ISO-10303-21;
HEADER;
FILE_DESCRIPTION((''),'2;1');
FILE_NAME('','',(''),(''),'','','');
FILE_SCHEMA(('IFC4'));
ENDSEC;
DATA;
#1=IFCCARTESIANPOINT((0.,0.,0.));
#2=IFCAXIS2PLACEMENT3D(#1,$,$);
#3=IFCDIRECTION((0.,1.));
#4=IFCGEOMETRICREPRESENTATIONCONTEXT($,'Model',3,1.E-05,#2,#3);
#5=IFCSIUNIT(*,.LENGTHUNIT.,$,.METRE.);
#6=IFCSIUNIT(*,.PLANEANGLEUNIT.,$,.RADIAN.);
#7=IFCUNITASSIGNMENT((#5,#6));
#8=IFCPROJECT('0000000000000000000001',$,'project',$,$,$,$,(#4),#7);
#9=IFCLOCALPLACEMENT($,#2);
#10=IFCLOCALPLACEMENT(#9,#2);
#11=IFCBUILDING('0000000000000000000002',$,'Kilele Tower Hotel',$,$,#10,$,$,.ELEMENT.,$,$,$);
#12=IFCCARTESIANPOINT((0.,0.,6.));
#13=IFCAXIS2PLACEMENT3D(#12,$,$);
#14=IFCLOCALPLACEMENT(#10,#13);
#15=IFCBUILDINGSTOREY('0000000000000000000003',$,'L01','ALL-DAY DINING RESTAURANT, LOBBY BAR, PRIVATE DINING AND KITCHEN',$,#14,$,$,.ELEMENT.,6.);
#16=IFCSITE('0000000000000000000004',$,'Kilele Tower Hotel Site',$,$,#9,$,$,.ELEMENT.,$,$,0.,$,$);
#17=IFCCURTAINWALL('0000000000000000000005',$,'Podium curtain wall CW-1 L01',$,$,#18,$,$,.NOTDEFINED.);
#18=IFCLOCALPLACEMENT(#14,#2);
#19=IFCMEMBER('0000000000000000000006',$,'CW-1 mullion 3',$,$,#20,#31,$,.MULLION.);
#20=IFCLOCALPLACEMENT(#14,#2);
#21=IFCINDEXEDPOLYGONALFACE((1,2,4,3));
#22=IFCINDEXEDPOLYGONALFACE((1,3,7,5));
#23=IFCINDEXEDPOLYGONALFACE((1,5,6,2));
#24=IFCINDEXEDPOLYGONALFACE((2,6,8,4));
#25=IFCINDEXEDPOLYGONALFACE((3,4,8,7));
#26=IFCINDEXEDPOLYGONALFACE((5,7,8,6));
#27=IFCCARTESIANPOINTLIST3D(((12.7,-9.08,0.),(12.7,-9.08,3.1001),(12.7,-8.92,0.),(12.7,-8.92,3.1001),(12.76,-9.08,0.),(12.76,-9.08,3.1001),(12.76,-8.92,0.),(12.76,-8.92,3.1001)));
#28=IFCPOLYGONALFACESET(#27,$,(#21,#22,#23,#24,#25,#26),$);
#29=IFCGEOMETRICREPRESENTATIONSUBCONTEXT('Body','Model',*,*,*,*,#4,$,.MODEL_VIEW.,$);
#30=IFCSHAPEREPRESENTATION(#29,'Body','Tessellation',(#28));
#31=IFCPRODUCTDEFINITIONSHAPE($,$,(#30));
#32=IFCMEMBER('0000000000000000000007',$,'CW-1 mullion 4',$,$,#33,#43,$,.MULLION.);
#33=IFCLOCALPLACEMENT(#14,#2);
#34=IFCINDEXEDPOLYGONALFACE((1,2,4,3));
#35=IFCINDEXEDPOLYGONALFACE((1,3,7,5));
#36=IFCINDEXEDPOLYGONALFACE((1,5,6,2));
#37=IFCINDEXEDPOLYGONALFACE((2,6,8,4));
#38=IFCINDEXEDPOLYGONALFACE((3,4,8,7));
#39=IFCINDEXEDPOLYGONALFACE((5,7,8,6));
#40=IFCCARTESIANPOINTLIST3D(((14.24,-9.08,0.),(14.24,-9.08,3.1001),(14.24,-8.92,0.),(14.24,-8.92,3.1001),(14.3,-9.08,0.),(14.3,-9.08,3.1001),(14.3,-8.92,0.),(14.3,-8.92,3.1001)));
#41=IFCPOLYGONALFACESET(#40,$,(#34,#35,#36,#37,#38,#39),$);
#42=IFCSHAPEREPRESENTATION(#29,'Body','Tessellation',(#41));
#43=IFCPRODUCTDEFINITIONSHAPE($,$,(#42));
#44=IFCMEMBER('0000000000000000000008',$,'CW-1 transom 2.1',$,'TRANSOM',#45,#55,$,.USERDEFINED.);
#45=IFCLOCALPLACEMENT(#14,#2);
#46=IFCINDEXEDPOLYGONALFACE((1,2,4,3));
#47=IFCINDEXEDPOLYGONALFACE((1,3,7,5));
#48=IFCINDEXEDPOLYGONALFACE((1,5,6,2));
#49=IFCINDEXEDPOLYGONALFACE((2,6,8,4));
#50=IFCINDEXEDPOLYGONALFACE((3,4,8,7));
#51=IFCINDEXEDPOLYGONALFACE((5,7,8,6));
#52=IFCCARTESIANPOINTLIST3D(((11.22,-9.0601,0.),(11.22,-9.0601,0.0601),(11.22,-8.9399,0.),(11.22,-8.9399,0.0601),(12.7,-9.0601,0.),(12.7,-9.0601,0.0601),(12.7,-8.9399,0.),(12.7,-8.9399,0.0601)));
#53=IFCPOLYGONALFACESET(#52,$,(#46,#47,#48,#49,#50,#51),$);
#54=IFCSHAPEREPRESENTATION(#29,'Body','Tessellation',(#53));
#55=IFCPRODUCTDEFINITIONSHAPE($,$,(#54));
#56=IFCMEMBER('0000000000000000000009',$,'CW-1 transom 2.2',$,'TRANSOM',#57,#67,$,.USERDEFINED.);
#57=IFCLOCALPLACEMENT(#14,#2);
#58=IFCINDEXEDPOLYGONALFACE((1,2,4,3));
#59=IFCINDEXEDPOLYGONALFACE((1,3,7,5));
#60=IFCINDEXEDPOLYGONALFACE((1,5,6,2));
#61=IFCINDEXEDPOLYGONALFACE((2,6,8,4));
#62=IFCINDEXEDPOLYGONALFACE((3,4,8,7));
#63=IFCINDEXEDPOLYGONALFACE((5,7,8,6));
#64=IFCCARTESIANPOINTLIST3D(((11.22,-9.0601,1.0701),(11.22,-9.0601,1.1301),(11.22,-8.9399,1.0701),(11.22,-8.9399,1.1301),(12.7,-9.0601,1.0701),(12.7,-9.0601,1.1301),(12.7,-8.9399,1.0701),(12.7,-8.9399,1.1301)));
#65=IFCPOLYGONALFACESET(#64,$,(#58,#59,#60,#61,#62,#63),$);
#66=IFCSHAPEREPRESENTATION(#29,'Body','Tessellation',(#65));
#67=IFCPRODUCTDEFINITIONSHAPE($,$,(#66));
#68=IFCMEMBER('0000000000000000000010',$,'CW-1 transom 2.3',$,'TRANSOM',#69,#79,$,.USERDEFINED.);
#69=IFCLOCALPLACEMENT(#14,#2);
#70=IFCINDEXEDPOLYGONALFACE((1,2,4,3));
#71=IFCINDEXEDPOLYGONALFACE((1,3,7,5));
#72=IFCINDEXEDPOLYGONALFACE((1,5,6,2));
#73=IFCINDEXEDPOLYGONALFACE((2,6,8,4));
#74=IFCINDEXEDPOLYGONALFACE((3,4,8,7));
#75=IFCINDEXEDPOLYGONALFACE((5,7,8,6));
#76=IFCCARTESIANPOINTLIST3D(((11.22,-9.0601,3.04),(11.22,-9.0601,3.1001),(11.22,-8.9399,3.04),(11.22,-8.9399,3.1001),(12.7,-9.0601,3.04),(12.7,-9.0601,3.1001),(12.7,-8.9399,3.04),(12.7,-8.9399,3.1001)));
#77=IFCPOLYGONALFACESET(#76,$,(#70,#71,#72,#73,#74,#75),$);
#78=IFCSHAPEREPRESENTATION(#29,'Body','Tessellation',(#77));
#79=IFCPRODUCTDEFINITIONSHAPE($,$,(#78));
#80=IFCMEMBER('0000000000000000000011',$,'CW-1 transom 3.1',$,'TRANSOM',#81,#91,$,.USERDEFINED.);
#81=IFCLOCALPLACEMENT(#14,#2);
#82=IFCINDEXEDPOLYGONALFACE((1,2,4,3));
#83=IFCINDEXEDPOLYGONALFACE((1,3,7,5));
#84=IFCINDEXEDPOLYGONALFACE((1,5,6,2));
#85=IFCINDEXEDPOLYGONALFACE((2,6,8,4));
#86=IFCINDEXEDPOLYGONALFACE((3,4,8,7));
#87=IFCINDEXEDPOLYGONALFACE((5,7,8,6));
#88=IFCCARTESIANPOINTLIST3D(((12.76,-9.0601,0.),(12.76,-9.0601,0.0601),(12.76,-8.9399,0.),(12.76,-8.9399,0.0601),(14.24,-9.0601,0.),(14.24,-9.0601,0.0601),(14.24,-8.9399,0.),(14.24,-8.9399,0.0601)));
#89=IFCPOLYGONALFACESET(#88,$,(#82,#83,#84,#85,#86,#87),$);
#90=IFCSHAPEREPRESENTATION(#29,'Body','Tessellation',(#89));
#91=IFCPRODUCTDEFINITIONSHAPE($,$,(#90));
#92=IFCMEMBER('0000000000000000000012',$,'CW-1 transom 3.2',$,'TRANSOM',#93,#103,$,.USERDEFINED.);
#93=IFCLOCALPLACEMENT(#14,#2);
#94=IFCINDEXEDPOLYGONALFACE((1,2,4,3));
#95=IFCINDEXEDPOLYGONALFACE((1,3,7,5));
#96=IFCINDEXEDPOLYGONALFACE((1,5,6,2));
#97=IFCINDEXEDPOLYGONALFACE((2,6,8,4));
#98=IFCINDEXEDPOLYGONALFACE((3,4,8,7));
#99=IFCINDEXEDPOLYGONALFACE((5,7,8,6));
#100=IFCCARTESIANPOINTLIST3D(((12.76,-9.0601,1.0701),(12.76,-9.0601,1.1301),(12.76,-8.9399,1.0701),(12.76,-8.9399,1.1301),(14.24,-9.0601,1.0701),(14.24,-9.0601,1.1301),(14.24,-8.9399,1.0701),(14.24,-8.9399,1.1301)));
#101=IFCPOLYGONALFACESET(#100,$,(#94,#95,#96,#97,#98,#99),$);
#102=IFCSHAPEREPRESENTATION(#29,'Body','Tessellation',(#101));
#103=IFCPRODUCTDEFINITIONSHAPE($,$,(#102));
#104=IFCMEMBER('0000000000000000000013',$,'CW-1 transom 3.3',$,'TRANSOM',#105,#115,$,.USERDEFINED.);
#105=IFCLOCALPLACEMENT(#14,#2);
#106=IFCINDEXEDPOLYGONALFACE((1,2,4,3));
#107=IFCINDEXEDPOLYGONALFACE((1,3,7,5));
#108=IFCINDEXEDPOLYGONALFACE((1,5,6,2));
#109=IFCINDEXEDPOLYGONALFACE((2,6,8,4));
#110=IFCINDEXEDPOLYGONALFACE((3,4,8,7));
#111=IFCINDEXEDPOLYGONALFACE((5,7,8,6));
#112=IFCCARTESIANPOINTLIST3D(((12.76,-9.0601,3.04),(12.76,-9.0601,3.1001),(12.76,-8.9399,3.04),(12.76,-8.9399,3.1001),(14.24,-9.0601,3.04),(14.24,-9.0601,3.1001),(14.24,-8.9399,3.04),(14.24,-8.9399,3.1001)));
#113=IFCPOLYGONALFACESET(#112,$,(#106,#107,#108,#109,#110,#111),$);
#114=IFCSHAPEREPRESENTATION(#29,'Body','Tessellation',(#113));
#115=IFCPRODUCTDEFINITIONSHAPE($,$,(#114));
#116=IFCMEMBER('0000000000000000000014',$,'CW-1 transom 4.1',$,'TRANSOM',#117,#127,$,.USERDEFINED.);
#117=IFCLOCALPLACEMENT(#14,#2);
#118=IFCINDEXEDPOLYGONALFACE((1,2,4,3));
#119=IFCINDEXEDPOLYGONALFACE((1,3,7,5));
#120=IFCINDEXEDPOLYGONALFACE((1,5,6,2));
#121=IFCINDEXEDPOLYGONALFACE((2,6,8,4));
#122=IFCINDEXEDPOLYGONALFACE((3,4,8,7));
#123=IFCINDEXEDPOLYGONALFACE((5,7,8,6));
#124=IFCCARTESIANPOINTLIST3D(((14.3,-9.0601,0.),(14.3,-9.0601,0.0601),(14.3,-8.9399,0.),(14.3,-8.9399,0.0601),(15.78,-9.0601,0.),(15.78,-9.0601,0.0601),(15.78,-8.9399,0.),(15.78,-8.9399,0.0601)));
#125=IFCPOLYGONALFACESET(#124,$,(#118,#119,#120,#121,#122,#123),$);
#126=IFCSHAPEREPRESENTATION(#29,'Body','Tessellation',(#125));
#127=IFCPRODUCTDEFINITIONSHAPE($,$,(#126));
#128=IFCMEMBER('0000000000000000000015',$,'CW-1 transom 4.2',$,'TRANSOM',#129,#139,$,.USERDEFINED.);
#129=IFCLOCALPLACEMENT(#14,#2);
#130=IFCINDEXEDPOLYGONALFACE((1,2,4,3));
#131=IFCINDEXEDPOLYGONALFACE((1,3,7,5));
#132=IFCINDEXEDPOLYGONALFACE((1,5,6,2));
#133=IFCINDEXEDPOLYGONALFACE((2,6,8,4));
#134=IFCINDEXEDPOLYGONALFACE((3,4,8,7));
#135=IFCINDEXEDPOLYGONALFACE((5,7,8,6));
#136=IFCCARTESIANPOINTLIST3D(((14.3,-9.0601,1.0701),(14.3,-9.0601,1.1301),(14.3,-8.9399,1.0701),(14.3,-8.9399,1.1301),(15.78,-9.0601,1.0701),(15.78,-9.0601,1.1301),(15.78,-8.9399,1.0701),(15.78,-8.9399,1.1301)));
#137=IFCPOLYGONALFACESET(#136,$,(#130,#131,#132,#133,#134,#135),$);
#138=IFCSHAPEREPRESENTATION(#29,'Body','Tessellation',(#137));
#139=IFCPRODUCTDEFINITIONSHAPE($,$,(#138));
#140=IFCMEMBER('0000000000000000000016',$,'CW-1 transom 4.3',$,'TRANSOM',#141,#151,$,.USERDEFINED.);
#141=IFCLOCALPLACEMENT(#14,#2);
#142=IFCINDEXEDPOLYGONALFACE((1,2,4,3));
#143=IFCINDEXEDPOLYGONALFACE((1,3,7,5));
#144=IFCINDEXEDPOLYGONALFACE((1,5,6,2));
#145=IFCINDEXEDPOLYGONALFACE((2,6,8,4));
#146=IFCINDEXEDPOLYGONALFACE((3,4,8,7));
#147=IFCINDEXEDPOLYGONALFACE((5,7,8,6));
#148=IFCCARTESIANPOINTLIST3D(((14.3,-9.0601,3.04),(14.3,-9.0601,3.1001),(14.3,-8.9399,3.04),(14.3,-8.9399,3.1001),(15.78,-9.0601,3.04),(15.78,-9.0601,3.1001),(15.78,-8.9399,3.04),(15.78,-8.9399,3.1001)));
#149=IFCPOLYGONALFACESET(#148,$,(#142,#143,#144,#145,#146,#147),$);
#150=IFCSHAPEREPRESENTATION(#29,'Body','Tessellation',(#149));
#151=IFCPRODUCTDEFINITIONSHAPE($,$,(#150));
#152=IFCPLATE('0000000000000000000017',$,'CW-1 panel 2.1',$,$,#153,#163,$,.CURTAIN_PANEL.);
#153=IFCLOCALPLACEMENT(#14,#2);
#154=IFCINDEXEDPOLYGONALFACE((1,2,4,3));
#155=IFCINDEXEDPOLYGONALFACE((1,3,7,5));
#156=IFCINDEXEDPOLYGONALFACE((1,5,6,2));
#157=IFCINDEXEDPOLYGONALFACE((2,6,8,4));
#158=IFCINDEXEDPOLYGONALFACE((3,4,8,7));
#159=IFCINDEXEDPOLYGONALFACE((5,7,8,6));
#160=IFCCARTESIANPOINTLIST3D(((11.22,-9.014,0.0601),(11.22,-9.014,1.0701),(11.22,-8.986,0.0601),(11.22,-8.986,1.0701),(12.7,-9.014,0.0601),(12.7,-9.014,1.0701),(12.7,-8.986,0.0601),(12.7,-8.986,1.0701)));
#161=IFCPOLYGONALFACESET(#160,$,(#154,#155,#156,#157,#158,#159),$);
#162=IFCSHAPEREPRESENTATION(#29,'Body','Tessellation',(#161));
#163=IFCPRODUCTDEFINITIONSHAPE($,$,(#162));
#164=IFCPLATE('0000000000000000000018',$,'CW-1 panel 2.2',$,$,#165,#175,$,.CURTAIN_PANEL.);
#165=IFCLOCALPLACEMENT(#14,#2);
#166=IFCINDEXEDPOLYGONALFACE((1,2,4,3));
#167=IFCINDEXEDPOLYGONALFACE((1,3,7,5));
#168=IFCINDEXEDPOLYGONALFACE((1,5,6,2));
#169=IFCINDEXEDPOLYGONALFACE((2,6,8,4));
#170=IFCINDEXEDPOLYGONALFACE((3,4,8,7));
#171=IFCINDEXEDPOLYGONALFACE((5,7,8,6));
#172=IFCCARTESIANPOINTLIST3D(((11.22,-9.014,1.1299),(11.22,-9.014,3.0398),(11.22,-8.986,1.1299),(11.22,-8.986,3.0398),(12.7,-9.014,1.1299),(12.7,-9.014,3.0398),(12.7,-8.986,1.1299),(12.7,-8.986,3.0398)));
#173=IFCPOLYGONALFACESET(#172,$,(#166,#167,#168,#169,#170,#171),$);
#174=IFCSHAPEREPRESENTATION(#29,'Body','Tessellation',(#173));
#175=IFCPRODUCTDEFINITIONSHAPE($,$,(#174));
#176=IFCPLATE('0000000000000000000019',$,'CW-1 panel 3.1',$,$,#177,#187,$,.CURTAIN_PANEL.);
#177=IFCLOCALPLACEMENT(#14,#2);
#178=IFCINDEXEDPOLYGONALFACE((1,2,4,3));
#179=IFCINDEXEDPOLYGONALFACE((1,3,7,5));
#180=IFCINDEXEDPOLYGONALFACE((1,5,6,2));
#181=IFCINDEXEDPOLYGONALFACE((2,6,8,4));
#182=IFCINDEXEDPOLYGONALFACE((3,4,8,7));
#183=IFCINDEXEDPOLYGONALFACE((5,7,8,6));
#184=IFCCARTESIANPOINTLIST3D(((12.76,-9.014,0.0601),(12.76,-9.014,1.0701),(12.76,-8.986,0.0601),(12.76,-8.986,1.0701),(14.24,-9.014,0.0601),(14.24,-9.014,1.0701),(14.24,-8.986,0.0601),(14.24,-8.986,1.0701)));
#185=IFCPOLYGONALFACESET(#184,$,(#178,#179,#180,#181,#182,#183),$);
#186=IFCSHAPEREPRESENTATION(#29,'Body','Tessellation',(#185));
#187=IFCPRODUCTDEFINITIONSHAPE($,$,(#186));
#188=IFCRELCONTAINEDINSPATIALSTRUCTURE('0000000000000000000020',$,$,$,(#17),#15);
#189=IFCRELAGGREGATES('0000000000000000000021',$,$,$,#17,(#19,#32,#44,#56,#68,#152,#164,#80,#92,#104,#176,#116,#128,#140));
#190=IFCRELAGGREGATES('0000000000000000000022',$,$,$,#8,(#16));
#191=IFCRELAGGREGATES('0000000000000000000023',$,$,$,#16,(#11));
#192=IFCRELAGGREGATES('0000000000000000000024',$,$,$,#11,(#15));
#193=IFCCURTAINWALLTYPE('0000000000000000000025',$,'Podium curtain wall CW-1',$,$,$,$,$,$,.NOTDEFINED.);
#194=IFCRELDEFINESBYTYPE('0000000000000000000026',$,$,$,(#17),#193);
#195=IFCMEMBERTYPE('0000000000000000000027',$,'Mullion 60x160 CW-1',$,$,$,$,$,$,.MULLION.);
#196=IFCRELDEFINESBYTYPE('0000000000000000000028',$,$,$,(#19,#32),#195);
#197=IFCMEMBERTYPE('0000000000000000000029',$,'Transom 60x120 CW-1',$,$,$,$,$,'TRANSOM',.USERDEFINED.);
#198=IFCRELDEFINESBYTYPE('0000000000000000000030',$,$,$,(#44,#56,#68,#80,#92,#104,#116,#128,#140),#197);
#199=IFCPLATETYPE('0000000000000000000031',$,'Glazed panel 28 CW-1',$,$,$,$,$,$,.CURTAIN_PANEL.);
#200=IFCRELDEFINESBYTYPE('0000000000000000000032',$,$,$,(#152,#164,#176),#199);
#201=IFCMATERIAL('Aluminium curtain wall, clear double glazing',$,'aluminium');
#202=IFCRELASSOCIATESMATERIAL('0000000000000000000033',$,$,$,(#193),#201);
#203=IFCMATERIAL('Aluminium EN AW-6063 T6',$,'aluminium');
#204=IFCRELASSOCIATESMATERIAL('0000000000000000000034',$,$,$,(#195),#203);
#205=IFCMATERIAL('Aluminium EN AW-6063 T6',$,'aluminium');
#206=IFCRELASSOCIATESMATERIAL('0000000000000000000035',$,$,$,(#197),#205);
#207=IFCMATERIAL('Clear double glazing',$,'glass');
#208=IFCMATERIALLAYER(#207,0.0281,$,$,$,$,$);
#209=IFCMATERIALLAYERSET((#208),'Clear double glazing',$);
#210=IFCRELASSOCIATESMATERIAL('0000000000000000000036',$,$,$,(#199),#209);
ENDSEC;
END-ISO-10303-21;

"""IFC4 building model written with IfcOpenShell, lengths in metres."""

from ifc_helpers import new_model, si_unit, direction, frame, origin, origin_2d, place, context, subcontext, project, spatial, rectangle, extrude, material, layer, layer_set, material_profile, profile_set, type_object, element, aggregate, save


model = new_model("IFC4")

# Units and contexts
model_context = context("Model", 3, precision=1e-05, world=origin(), true_north=direction((0.0, 1.0)))
body_context = subcontext(model_context, "Body", "Model", "MODEL_VIEW")
ifc_project = project(units=[si_unit("LENGTHUNIT", "METRE"), si_unit("PLANEANGLEUNIT", "RADIAN")], contexts=[model_context])

# Site, building, storey
site_placement = place(None, origin())
site = spatial("IfcSite", under=ifc_project, at=site_placement, Name="Kilele Tower Hotel Site", CompositionType="ELEMENT", RefElevation=0.0)
building_placement = place(site_placement, origin())
building = spatial("IfcBuilding", under=site, at=building_placement, Name="Kilele Tower Hotel", CompositionType="ELEMENT")
storey_placement = place(building_placement, frame((0.0, 0.0, 6.0)))
storey = spatial("IfcBuildingStorey", under=building, at=storey_placement, Name="L01", Description="ALL-DAY DINING RESTAURANT, LOBBY BAR, PRIVATE DINING AND KITCHEN", CompositionType="ELEMENT", Elevation=6.0)

# Curtain wall, members, plates
ifc_material_1 = material(Name="Aluminium curtain wall, clear double glazing", Category="aluminium")
curtain_wall_type = type_object("IfcCurtainWallType", Name="Podium curtain wall CW-1", PredefinedType="NOTDEFINED", material=ifc_material_1)
curtain_wall_placement = place(storey_placement, origin())
curtain_wall = element("IfcCurtainWall", 1, at=curtain_wall_placement, inside=storey, type_object=curtain_wall_type, Name="Podium curtain wall CW-1 L01", PredefinedType="NOTDEFINED")
ifc_material_2 = material(Name="Aluminium EN AW-6063 T6", Category="aluminium")
ifc_material_profile_1 = material_profile(ifc_material_2, rectangle(XDim=0.1599, YDim=0.0601, at=origin_2d()))
ifc_profile_set_1 = profile_set([ifc_material_profile_1], Name="Aluminium EN AW-6063 T6")
member_type_1 = type_object("IfcMemberType", Name="Mullion 60x160 CW-1", PredefinedType="MULLION", material=ifc_profile_set_1)
member_1_placement = place(storey_placement, frame((12.73, -9.0, 0.0), z_axis=(0.0, 0.0, 1.0), x_axis=(0.0, 1.0, 0.0)))
member_1 = element("IfcMember", 2, at=member_1_placement, type_object=member_type_1, Name="CW-1 mullion 3", PredefinedType="MULLION", context=body_context, shape_type="SweptSolid", body=[
    extrude(rectangle(XDim=0.1599, YDim=0.0601, at=origin_2d()), origin(), (0.0, 0.0, 1.0), 3.1001),
])
member_2_placement = place(storey_placement, frame((14.27, -9.0, 0.0), z_axis=(0.0, 0.0, 1.0), x_axis=(0.0, 1.0, 0.0)))
member_2 = element("IfcMember", 3, at=member_2_placement, type_object=member_type_1, Name="CW-1 mullion 4", PredefinedType="MULLION", context=body_context, shape_type="SweptSolid", body=[
    extrude(rectangle(XDim=0.1599, YDim=0.0601, at=origin_2d()), origin(), (0.0, 0.0, 1.0), 3.1001),
])
ifc_material_3 = material(Name="Aluminium EN AW-6063 T6", Category="aluminium")
ifc_material_profile_2 = material_profile(ifc_material_3, rectangle(XDim=0.1201, YDim=0.0601, at=origin_2d()))
ifc_profile_set_2 = profile_set([ifc_material_profile_2], Name="Aluminium EN AW-6063 T6")
member_type_2 = type_object("IfcMemberType", Name="Transom 60x120 CW-1", ElementType="TRANSOM", PredefinedType="USERDEFINED", material=ifc_profile_set_2)
member_3_placement = place(storey_placement, frame((11.22, -9.0, 0.03), z_axis=(1.0, 0.0, 0.0), x_axis=(0.0, 1.0, 0.0)))
member_3 = element("IfcMember", 4, at=member_3_placement, type_object=member_type_2, Name="CW-1 transom 2.1", ObjectType="TRANSOM", PredefinedType="USERDEFINED", context=body_context, shape_type="SweptSolid", body=[
    extrude(rectangle(XDim=0.1201, YDim=0.0601, at=origin_2d()), origin(), (0.0, 0.0, 1.0), 1.48),
])
member_4_placement = place(storey_placement, frame((11.22, -9.0, 1.1001), z_axis=(1.0, 0.0, 0.0), x_axis=(0.0, 1.0, 0.0)))
member_4 = element("IfcMember", 5, at=member_4_placement, type_object=member_type_2, Name="CW-1 transom 2.2", ObjectType="TRANSOM", PredefinedType="USERDEFINED", context=body_context, shape_type="SweptSolid", body=[
    extrude(rectangle(XDim=0.1201, YDim=0.0601, at=origin_2d()), origin(), (0.0, 0.0, 1.0), 1.48),
])
member_5_placement = place(storey_placement, frame((11.22, -9.0, 3.0701), z_axis=(1.0, 0.0, 0.0), x_axis=(0.0, 1.0, 0.0)))
member_5 = element("IfcMember", 6, at=member_5_placement, type_object=member_type_2, Name="CW-1 transom 2.3", ObjectType="TRANSOM", PredefinedType="USERDEFINED", context=body_context, shape_type="SweptSolid", body=[
    extrude(rectangle(XDim=0.1201, YDim=0.0601, at=origin_2d()), origin(), (0.0, 0.0, 1.0), 1.48),
])
member_6_placement = place(storey_placement, frame((12.76, -9.0, 0.03), z_axis=(1.0, 0.0, 0.0), x_axis=(0.0, 1.0, 0.0)))
member_6 = element("IfcMember", 7, at=member_6_placement, type_object=member_type_2, Name="CW-1 transom 3.1", ObjectType="TRANSOM", PredefinedType="USERDEFINED", context=body_context, shape_type="SweptSolid", body=[
    extrude(rectangle(XDim=0.1201, YDim=0.0601, at=origin_2d()), origin(), (0.0, 0.0, 1.0), 1.48),
])
member_7_placement = place(storey_placement, frame((12.76, -9.0, 1.1001), z_axis=(1.0, 0.0, 0.0), x_axis=(0.0, 1.0, 0.0)))
member_7 = element("IfcMember", 8, at=member_7_placement, type_object=member_type_2, Name="CW-1 transom 3.2", ObjectType="TRANSOM", PredefinedType="USERDEFINED", context=body_context, shape_type="SweptSolid", body=[
    extrude(rectangle(XDim=0.1201, YDim=0.0601, at=origin_2d()), origin(), (0.0, 0.0, 1.0), 1.48),
])
member_8_placement = place(storey_placement, frame((12.76, -9.0, 3.0701), z_axis=(1.0, 0.0, 0.0), x_axis=(0.0, 1.0, 0.0)))
member_8 = element("IfcMember", 9, at=member_8_placement, type_object=member_type_2, Name="CW-1 transom 3.3", ObjectType="TRANSOM", PredefinedType="USERDEFINED", context=body_context, shape_type="SweptSolid", body=[
    extrude(rectangle(XDim=0.1201, YDim=0.0601, at=origin_2d()), origin(), (0.0, 0.0, 1.0), 1.48),
])
member_9_placement = place(storey_placement, frame((14.3, -9.0, 0.03), z_axis=(1.0, 0.0, 0.0), x_axis=(0.0, 1.0, 0.0)))
member_9 = element("IfcMember", 10, at=member_9_placement, type_object=member_type_2, Name="CW-1 transom 4.1", ObjectType="TRANSOM", PredefinedType="USERDEFINED", context=body_context, shape_type="SweptSolid", body=[
    extrude(rectangle(XDim=0.1201, YDim=0.0601, at=origin_2d()), origin(), (0.0, 0.0, 1.0), 1.48),
])
member_10_placement = place(storey_placement, frame((14.3, -9.0, 1.1001), z_axis=(1.0, 0.0, 0.0), x_axis=(0.0, 1.0, 0.0)))
member_10 = element("IfcMember", 11, at=member_10_placement, type_object=member_type_2, Name="CW-1 transom 4.2", ObjectType="TRANSOM", PredefinedType="USERDEFINED", context=body_context, shape_type="SweptSolid", body=[
    extrude(rectangle(XDim=0.1201, YDim=0.0601, at=origin_2d()), origin(), (0.0, 0.0, 1.0), 1.48),
])
member_11_placement = place(storey_placement, frame((14.3, -9.0, 3.0701), z_axis=(1.0, 0.0, 0.0), x_axis=(0.0, 1.0, 0.0)))
member_11 = element("IfcMember", 12, at=member_11_placement, type_object=member_type_2, Name="CW-1 transom 4.3", ObjectType="TRANSOM", PredefinedType="USERDEFINED", context=body_context, shape_type="SweptSolid", body=[
    extrude(rectangle(XDim=0.1201, YDim=0.0601, at=origin_2d()), origin(), (0.0, 0.0, 1.0), 1.48),
])
ifc_material_4 = material(Name="Clear double glazing", Category="glass")
ifc_layer = layer(ifc_material_4, 0.0281)
ifc_layer_set = layer_set([ifc_layer], Name="Clear double glazing")
plate_type = type_object("IfcPlateType", Name="Glazed panel 28 CW-1", PredefinedType="CURTAIN_PANEL", material=ifc_layer_set)
plate_1_placement = place(storey_placement, frame((11.96, -9.0, 0.0601), z_axis=(0.0, 0.0, 1.0), x_axis=(1.0, 0.0, 0.0)))
plate_1 = element("IfcPlate", 13, at=plate_1_placement, type_object=plate_type, Name="CW-1 panel 2.1", PredefinedType="CURTAIN_PANEL", context=body_context, shape_type="SweptSolid", body=[
    extrude(rectangle(XDim=1.48, YDim=0.0281, at=origin_2d()), origin(), (0.0, 0.0, 1.0), 1.01),
])
plate_2_placement = place(storey_placement, frame((11.96, -9.0, 1.1299), z_axis=(0.0, 0.0, 1.0), x_axis=(1.0, 0.0, 0.0)))
plate_2 = element("IfcPlate", 14, at=plate_2_placement, type_object=plate_type, Name="CW-1 panel 2.2", PredefinedType="CURTAIN_PANEL", context=body_context, shape_type="SweptSolid", body=[
    extrude(rectangle(XDim=1.48, YDim=0.0281, at=origin_2d()), origin(), (0.0, 0.0, 1.0), 1.9099),
])
plate_3_placement = place(storey_placement, frame((13.5, -9.0, 0.0601), z_axis=(0.0, 0.0, 1.0), x_axis=(1.0, 0.0, 0.0)))
plate_3 = element("IfcPlate", 15, at=plate_3_placement, type_object=plate_type, Name="CW-1 panel 3.1", PredefinedType="CURTAIN_PANEL", context=body_context, shape_type="SweptSolid", body=[
    extrude(rectangle(XDim=1.48, YDim=0.0281, at=origin_2d()), origin(), (0.0, 0.0, 1.0), 1.01),
])
aggregate(curtain_wall, [member_1, member_2, member_3, member_4, member_5, plate_1, plate_2, member_6, member_7, member_8, plate_3, member_9, member_10, member_11])

save(model, "model.ifc")
